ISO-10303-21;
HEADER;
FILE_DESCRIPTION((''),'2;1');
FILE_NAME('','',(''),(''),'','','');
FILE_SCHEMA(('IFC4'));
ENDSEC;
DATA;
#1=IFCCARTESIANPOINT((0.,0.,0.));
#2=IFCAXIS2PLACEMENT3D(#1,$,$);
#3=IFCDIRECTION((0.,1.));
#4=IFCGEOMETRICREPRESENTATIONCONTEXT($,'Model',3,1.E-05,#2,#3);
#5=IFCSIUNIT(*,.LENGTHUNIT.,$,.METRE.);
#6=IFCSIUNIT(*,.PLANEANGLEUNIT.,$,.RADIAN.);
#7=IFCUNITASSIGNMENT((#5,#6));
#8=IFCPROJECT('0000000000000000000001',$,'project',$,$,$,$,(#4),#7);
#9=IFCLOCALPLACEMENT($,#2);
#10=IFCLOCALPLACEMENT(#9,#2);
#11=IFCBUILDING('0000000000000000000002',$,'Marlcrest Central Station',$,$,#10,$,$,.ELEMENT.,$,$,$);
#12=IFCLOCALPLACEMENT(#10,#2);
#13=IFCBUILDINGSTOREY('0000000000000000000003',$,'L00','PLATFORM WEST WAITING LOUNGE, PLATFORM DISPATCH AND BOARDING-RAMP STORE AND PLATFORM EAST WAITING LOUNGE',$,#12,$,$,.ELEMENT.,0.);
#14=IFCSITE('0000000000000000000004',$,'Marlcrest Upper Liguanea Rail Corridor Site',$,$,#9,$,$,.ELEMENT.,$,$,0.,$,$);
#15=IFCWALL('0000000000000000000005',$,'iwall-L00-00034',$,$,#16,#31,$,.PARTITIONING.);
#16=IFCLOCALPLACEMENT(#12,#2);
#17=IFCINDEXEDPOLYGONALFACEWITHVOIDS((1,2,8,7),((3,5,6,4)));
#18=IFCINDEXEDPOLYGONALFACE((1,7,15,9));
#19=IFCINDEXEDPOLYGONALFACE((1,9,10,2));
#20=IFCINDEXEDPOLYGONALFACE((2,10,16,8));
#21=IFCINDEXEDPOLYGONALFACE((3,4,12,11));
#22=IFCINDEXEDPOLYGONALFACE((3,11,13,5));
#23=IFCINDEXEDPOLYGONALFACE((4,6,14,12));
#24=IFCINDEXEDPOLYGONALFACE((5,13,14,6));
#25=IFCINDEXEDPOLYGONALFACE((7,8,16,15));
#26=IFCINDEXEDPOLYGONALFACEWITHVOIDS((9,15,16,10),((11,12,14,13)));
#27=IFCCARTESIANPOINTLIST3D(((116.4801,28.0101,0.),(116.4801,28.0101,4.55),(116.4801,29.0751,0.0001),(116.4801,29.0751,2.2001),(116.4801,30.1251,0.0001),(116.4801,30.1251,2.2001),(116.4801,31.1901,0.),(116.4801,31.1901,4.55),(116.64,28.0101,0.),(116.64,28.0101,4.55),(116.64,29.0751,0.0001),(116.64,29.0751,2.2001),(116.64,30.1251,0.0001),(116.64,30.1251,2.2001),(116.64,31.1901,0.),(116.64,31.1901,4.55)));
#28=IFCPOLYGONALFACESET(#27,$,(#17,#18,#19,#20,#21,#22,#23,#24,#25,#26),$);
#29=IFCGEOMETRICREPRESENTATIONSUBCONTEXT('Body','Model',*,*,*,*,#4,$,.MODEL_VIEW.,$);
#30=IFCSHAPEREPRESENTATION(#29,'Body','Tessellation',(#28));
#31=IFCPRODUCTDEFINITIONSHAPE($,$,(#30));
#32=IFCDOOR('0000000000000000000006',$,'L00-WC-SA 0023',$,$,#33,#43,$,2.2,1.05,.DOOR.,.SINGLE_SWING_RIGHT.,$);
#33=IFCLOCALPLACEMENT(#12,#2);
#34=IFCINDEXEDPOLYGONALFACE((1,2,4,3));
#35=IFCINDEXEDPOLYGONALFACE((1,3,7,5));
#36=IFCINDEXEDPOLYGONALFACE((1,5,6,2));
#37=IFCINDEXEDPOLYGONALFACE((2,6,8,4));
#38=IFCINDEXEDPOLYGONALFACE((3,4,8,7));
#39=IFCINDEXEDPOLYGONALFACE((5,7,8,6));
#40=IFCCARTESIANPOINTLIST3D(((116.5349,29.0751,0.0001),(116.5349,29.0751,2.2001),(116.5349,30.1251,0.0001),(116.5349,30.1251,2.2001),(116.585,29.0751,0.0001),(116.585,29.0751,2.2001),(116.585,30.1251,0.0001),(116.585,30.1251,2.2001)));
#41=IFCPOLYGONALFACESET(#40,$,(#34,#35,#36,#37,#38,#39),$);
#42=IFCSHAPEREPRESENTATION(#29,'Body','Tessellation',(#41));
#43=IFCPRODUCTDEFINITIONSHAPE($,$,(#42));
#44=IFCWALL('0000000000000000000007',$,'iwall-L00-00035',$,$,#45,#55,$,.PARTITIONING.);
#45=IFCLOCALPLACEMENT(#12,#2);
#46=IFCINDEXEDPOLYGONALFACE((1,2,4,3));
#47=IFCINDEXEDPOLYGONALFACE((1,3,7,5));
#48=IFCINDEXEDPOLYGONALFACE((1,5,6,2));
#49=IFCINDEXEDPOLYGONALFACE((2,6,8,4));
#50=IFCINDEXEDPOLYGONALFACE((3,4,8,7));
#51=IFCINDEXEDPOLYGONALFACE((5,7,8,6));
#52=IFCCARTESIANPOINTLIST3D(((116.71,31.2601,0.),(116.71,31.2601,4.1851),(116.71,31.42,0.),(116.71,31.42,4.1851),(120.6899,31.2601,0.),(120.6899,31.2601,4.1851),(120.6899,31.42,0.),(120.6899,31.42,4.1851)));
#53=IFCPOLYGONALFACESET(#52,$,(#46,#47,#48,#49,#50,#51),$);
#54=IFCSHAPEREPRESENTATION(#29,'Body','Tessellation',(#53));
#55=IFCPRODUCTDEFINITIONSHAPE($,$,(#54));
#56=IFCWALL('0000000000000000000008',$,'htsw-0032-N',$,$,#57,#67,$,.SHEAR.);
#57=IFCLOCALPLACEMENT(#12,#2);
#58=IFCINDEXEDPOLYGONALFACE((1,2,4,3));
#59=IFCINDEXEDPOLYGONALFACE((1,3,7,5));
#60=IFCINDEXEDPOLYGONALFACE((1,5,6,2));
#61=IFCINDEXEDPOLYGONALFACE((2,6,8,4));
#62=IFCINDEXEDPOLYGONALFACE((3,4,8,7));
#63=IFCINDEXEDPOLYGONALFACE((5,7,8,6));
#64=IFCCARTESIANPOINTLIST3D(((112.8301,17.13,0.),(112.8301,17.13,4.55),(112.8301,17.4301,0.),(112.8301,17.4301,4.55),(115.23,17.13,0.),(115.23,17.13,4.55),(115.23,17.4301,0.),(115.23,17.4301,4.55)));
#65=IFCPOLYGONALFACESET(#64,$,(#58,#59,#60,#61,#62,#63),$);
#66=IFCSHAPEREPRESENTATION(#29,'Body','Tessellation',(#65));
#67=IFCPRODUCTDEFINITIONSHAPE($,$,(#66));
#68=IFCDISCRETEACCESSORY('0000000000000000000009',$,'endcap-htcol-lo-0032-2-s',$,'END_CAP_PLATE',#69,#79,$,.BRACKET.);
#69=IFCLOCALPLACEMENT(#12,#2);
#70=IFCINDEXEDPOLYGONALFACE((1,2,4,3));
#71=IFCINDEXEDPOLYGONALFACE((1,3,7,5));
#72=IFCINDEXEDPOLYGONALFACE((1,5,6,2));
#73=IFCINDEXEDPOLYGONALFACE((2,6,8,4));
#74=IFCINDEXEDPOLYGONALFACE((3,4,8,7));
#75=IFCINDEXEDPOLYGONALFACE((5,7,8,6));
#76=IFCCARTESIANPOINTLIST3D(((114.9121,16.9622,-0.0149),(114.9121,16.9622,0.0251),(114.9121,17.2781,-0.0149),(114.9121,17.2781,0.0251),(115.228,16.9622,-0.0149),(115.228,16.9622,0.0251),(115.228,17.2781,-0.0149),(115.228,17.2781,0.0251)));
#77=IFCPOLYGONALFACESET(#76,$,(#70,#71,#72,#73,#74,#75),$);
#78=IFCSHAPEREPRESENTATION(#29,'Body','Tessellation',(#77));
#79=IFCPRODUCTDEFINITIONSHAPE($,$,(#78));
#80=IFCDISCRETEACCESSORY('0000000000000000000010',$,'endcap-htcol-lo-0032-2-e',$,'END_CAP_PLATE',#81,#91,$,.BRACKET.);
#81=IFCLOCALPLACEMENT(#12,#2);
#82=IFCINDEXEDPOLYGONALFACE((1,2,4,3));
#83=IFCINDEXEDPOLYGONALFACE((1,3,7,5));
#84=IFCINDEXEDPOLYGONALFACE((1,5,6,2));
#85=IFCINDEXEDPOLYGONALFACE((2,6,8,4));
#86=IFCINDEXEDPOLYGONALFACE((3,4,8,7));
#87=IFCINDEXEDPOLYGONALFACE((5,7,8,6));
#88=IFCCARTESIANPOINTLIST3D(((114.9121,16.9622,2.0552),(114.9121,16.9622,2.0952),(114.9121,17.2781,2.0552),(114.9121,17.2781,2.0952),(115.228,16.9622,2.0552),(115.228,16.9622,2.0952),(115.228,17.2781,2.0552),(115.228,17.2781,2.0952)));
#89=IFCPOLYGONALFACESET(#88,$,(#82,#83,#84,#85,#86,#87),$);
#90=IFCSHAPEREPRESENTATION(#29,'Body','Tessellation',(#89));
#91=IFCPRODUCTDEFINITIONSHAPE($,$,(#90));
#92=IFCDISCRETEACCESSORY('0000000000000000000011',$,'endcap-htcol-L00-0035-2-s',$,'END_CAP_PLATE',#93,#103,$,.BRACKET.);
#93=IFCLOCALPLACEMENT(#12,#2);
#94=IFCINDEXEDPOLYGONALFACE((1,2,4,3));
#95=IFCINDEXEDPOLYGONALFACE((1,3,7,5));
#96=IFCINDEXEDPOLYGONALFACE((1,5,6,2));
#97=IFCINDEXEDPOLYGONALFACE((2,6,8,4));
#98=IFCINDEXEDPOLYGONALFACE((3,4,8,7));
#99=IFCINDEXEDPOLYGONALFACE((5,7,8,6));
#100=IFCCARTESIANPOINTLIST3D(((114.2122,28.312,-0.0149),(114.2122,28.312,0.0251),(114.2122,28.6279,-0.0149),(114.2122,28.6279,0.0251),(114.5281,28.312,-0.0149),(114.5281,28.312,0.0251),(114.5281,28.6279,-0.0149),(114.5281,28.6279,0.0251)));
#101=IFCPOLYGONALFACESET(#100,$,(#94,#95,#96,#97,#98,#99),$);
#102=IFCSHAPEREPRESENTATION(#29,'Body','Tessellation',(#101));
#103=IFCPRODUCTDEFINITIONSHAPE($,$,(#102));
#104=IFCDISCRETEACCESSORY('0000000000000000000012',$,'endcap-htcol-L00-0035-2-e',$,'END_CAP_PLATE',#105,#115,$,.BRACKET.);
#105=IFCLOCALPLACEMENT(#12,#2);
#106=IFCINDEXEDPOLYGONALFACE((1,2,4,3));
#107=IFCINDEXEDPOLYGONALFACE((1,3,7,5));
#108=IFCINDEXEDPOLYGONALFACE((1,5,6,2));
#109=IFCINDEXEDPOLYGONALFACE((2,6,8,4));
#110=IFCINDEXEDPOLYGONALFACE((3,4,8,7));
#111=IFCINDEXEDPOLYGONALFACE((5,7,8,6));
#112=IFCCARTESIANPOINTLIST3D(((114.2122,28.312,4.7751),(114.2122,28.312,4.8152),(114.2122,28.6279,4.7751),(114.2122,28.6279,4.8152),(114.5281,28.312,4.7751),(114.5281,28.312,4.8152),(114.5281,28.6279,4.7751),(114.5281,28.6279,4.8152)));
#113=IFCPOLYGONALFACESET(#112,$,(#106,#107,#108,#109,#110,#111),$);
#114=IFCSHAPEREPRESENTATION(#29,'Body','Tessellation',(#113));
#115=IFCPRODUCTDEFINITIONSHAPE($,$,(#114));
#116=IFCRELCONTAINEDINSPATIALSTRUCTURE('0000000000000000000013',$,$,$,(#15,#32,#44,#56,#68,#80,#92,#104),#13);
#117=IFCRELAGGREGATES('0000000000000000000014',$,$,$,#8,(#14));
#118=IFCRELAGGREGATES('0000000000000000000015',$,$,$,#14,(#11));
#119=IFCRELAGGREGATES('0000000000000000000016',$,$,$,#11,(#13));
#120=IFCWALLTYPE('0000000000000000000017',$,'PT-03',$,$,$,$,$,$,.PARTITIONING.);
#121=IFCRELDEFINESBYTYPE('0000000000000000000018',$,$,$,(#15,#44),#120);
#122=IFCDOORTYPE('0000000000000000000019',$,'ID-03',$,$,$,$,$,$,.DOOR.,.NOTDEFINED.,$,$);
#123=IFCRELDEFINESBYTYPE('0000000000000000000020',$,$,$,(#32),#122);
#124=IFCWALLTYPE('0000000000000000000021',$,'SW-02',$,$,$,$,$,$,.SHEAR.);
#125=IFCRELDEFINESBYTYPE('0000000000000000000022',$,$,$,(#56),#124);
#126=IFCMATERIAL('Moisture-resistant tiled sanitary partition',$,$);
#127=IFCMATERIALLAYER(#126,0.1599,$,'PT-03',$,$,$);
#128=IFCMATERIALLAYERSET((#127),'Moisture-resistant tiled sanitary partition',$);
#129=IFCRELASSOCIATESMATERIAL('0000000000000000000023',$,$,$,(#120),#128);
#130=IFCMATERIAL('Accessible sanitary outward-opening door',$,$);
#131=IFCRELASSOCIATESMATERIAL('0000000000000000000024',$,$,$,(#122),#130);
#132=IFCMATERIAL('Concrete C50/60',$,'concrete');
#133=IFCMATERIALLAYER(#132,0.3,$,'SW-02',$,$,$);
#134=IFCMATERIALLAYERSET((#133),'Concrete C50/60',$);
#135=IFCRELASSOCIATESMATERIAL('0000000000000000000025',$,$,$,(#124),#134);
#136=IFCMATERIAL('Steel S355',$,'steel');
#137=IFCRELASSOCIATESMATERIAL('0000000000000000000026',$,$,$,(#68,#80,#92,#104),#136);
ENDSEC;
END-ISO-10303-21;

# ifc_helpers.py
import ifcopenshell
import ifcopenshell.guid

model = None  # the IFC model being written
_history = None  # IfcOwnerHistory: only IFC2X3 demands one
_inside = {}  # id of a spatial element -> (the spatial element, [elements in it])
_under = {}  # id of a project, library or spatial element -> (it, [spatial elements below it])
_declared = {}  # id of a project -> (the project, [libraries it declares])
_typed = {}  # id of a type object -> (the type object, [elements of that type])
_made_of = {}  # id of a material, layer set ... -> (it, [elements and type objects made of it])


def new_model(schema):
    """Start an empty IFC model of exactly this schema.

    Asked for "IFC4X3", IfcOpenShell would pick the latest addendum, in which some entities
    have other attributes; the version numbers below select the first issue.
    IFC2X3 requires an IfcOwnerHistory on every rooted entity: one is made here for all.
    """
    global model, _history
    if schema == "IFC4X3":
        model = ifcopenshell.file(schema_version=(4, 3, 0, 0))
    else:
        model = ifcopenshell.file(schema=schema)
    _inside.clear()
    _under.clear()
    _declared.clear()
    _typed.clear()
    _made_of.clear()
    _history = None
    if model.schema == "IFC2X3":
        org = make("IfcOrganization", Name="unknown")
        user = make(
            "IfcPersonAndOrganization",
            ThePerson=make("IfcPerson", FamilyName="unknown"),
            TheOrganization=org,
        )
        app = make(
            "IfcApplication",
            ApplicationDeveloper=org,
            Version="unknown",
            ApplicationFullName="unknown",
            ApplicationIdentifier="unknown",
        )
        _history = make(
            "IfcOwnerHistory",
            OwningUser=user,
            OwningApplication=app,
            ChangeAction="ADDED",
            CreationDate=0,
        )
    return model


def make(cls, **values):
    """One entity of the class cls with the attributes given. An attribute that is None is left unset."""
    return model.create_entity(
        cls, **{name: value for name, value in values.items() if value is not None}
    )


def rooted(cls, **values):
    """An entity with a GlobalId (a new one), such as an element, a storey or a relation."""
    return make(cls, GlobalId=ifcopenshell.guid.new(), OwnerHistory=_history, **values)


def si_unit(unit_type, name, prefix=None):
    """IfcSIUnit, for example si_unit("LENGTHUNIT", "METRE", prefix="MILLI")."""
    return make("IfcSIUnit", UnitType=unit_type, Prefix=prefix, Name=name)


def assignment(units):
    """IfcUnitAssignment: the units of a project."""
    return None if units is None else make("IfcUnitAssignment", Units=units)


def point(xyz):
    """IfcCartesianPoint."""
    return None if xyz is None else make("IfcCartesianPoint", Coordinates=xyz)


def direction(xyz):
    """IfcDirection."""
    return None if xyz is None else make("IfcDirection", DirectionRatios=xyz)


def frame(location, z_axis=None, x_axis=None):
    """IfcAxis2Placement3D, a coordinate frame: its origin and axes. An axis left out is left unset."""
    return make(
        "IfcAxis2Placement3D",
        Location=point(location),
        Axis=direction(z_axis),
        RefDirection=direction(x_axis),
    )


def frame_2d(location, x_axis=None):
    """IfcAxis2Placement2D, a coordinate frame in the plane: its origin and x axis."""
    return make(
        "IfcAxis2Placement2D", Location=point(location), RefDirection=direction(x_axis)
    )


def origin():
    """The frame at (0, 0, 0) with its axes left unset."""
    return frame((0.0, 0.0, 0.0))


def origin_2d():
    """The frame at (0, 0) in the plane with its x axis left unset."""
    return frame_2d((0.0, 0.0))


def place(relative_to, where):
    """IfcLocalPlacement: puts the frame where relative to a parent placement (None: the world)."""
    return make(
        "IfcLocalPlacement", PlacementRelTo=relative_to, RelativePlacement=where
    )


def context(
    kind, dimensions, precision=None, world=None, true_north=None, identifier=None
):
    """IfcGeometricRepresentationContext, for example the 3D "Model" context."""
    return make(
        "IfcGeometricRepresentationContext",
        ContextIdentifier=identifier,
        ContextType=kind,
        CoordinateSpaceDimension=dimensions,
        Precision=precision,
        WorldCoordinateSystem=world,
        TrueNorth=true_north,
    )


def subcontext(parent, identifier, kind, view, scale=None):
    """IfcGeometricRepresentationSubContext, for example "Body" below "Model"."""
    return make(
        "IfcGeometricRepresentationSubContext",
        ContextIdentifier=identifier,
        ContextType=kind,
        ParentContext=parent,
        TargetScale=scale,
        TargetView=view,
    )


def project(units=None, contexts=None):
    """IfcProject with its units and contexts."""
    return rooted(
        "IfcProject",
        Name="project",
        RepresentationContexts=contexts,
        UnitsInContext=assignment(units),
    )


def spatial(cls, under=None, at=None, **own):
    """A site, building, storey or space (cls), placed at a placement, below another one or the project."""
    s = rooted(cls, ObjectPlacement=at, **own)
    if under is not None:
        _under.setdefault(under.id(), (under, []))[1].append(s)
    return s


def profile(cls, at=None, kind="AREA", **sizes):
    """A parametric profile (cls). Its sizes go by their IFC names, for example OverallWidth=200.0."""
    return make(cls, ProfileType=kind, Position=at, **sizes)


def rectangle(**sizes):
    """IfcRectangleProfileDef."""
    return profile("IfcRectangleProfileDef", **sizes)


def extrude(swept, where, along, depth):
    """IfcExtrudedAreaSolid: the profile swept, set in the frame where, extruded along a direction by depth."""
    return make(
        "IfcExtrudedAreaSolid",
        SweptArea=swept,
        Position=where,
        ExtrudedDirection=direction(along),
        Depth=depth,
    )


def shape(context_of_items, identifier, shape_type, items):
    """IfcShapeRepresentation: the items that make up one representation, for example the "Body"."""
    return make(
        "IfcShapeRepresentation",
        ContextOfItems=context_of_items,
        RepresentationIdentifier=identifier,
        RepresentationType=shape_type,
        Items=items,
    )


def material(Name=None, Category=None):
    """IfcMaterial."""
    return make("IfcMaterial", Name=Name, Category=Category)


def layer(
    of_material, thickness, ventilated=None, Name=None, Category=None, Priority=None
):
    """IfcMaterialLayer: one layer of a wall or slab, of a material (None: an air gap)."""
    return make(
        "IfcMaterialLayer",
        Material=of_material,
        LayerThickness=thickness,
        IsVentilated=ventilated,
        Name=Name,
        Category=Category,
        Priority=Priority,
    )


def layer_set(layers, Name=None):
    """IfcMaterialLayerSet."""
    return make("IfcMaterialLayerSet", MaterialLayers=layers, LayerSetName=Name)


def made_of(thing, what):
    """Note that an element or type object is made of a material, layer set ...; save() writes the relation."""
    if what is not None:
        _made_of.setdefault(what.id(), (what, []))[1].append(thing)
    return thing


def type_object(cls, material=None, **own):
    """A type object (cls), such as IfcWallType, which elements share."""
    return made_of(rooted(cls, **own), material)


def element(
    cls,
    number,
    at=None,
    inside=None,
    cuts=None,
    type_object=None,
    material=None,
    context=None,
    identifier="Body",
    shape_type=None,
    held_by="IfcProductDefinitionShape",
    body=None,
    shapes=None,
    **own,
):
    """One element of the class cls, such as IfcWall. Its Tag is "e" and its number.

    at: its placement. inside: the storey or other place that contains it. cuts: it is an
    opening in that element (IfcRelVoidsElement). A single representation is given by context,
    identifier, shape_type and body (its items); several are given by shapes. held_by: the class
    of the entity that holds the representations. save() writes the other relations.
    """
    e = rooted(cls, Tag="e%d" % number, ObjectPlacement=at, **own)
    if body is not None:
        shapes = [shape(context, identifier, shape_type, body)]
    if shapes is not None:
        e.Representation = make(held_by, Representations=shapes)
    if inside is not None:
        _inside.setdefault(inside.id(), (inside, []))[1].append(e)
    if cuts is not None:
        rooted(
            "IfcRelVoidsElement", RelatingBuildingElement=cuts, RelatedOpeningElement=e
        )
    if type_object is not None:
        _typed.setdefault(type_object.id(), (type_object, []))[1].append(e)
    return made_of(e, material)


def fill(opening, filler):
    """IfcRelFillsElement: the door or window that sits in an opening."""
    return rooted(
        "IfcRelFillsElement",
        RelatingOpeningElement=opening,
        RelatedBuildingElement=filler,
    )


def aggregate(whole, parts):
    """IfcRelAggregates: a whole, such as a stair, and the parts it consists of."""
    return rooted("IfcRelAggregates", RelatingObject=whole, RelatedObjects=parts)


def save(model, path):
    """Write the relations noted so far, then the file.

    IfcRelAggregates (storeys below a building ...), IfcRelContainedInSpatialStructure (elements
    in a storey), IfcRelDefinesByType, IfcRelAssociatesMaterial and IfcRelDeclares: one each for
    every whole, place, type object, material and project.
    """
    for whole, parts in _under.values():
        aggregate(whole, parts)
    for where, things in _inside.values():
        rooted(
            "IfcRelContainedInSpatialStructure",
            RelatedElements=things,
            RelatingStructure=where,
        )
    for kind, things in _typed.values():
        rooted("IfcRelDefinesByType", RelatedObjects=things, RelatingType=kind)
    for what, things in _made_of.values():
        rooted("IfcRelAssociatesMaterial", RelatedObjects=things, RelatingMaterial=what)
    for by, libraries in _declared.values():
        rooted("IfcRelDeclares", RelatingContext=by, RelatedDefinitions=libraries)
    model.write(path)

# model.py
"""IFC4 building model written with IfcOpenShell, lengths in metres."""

from ifc_helpers import new_model, si_unit, direction, frame, frame_2d, origin, origin_2d, place, context, subcontext, project, spatial, rectangle, extrude, material, layer, layer_set, type_object, element, fill, save


model = new_model("IFC4")

# Units and contexts
model_context = context("Model", 3, precision=1e-05, world=origin(), true_north=direction((0.0, 1.0)))
body_context = subcontext(model_context, "Body", "Model", "MODEL_VIEW")
ifc_project = project(units=[si_unit("LENGTHUNIT", "METRE"), si_unit("PLANEANGLEUNIT", "RADIAN")], contexts=[model_context])

# Site, building, storey
site_placement = place(None, origin())
site = spatial("IfcSite", under=ifc_project, at=site_placement, Name="Marlcrest Upper Liguanea Rail Corridor Site", CompositionType="ELEMENT", RefElevation=0.0)
building_placement = place(site_placement, origin())
building = spatial("IfcBuilding", under=site, at=building_placement, Name="Marlcrest Central Station", CompositionType="ELEMENT")
storey_placement = place(building_placement, origin())
storey = spatial("IfcBuildingStorey", under=building, at=storey_placement, Name="L00", Description="PLATFORM WEST WAITING LOUNGE, PLATFORM DISPATCH AND BOARDING-RAMP STORE AND PLATFORM EAST WAITING LOUNGE", CompositionType="ELEMENT", Elevation=0.0)

# Shared definitions
ifc_material_1 = material(Name="Concrete C50/60", Category="concrete")
ifc_material_2 = material(Name="Steel S355", Category="steel")

# Shared definitions
ifc_material_3 = material(Name="Moisture-resistant tiled sanitary partition")
ifc_layer_1 = layer(ifc_material_3, 0.1599, Name="PT-03")
ifc_layer_set_1 = layer_set([ifc_layer_1], Name="Moisture-resistant tiled sanitary partition")
wall_type_1 = type_object("IfcWallType", Name="PT-03", PredefinedType="PARTITIONING", material=ifc_layer_set_1)

# Wall, opening, door
wall_1_placement = place(storey_placement, frame((116.5601, 31.1899, 0.0), z_axis=(0.0, 0.0, 1.0), x_axis=(0.0, -1.0, 0.0)))
wall_1 = element("IfcWall", 1, at=wall_1_placement, inside=storey, type_object=wall_type_1, Name="iwall-L00-00034", PredefinedType="PARTITIONING", context=body_context, shape_type="SweptSolid", body=[
    extrude(rectangle(XDim=3.1799, YDim=0.1599, at=frame_2d((1.5898, 0.0))), origin(), (0.0, 0.0, 1.0), 4.55),
])
opening_1_placement = place(wall_1_placement, frame((1.0649, 0.0, 0.0)))
opening_1 = element("IfcOpeningElement", 2, at=opening_1_placement, cuts=wall_1, PredefinedType="OPENING", context=body_context, shape_type="SweptSolid", body=[
    extrude(rectangle(XDim=1.05, YDim=2.2, at=frame_2d((0.5249, 1.1001))), frame((0.0, 0.0898, 0.0), z_axis=(0.0, -1.0, 0.0), x_axis=(1.0, 0.0, 0.0)), (0.0, 0.0, 1.0), 0.1799),
])
ifc_material_4 = material(Name="Accessible sanitary outward-opening door")
door_type_1 = type_object("IfcDoorType", Name="ID-03", OperationType="NOTDEFINED", PredefinedType="DOOR", material=ifc_material_4)
door_1_placement = place(opening_1_placement, origin())
door_1 = element("IfcDoor", 3, at=door_1_placement, inside=storey, type_object=door_type_1, Name="L00-WC-SA 0023", OperationType="SINGLE_SWING_RIGHT", OverallHeight=2.2, OverallWidth=1.05, PredefinedType="DOOR", context=body_context, shape_type="SweptSolid", body=[
    extrude(rectangle(XDim=1.05, YDim=2.2, at=frame_2d((0.5249, 1.1001))), frame((0.0, 0.0249, 0.0), z_axis=(0.0, -1.0, 0.0), x_axis=(1.0, 0.0, 0.0)), (0.0, 0.0, 1.0), 0.05),
])
fill(opening_1, door_1)

# Walls
wall_2_placement = place(storey_placement, frame((116.71, 31.3401, 0.0), z_axis=(0.0, 0.0, 1.0), x_axis=(1.0, 0.0, 0.0)))
element("IfcWall", 4, at=wall_2_placement, inside=storey, type_object=wall_type_1, Name="iwall-L00-00035", PredefinedType="PARTITIONING", context=body_context, shape_type="SweptSolid", body=[
    extrude(rectangle(XDim=3.98, YDim=0.1599, at=frame_2d((1.99, 0.0))), origin(), (0.0, 0.0, 1.0), 4.1851),
])
ifc_layer_2 = layer(ifc_material_1, 0.3, Name="SW-02")
ifc_layer_set_2 = layer_set([ifc_layer_2], Name="Concrete C50/60")
wall_type_2 = type_object("IfcWallType", Name="SW-02", PredefinedType="SHEAR", material=ifc_layer_set_2)
wall_3_placement = place(storey_placement, frame((115.23, 17.28, 0.0), z_axis=(0.0, 0.0, 1.0), x_axis=(-1.0, 0.0, 0.0)))
element("IfcWall", 5, at=wall_3_placement, inside=storey, type_object=wall_type_2, Name="htsw-0032-N", PredefinedType="SHEAR", context=body_context, shape_type="SweptSolid", body=[
    extrude(rectangle(XDim=2.3999, YDim=0.3, at=frame_2d((1.2, 0.0))), origin(), (0.0, 0.0, 1.0), 4.55),
])

# Discrete accessories
for number, where, z_axis, x_axis, name in (
    (6, (115.0701, 17.1201, -0.0149), (0.0, 0.0, 1.0), (1.0, 0.0, 0.0), "endcap-htcol-lo-0032-2-s"),
    (7, (115.0701, 17.1201, 2.0552), (0.0, 0.0, 1.0), (1.0, 0.0, 0.0), "endcap-htcol-lo-0032-2-e"),
    (8, (114.3701, 28.47, -0.0149), (0.0, 0.0, 1.0), (1.0, 0.0, 0.0), "endcap-htcol-L00-0035-2-s"),
    (9, (114.3701, 28.47, 4.7751), (0.0, 0.0, 1.0), (1.0, 0.0, 0.0), "endcap-htcol-L00-0035-2-e"),
):
    element("IfcDiscreteAccessory", number, at=place(storey_placement, frame(where, z_axis=z_axis, x_axis=x_axis)), inside=storey, material=ifc_material_2, Name=name, ObjectType="END_CAP_PLATE", PredefinedType="BRACKET", context=body_context, shape_type="SweptSolid", body=[
        extrude(rectangle(XDim=0.3159, YDim=0.3159, at=origin_2d()), origin(), (0.0, 0.0, 1.0), 0.04),
    ])

save(model, "model.ifc")
